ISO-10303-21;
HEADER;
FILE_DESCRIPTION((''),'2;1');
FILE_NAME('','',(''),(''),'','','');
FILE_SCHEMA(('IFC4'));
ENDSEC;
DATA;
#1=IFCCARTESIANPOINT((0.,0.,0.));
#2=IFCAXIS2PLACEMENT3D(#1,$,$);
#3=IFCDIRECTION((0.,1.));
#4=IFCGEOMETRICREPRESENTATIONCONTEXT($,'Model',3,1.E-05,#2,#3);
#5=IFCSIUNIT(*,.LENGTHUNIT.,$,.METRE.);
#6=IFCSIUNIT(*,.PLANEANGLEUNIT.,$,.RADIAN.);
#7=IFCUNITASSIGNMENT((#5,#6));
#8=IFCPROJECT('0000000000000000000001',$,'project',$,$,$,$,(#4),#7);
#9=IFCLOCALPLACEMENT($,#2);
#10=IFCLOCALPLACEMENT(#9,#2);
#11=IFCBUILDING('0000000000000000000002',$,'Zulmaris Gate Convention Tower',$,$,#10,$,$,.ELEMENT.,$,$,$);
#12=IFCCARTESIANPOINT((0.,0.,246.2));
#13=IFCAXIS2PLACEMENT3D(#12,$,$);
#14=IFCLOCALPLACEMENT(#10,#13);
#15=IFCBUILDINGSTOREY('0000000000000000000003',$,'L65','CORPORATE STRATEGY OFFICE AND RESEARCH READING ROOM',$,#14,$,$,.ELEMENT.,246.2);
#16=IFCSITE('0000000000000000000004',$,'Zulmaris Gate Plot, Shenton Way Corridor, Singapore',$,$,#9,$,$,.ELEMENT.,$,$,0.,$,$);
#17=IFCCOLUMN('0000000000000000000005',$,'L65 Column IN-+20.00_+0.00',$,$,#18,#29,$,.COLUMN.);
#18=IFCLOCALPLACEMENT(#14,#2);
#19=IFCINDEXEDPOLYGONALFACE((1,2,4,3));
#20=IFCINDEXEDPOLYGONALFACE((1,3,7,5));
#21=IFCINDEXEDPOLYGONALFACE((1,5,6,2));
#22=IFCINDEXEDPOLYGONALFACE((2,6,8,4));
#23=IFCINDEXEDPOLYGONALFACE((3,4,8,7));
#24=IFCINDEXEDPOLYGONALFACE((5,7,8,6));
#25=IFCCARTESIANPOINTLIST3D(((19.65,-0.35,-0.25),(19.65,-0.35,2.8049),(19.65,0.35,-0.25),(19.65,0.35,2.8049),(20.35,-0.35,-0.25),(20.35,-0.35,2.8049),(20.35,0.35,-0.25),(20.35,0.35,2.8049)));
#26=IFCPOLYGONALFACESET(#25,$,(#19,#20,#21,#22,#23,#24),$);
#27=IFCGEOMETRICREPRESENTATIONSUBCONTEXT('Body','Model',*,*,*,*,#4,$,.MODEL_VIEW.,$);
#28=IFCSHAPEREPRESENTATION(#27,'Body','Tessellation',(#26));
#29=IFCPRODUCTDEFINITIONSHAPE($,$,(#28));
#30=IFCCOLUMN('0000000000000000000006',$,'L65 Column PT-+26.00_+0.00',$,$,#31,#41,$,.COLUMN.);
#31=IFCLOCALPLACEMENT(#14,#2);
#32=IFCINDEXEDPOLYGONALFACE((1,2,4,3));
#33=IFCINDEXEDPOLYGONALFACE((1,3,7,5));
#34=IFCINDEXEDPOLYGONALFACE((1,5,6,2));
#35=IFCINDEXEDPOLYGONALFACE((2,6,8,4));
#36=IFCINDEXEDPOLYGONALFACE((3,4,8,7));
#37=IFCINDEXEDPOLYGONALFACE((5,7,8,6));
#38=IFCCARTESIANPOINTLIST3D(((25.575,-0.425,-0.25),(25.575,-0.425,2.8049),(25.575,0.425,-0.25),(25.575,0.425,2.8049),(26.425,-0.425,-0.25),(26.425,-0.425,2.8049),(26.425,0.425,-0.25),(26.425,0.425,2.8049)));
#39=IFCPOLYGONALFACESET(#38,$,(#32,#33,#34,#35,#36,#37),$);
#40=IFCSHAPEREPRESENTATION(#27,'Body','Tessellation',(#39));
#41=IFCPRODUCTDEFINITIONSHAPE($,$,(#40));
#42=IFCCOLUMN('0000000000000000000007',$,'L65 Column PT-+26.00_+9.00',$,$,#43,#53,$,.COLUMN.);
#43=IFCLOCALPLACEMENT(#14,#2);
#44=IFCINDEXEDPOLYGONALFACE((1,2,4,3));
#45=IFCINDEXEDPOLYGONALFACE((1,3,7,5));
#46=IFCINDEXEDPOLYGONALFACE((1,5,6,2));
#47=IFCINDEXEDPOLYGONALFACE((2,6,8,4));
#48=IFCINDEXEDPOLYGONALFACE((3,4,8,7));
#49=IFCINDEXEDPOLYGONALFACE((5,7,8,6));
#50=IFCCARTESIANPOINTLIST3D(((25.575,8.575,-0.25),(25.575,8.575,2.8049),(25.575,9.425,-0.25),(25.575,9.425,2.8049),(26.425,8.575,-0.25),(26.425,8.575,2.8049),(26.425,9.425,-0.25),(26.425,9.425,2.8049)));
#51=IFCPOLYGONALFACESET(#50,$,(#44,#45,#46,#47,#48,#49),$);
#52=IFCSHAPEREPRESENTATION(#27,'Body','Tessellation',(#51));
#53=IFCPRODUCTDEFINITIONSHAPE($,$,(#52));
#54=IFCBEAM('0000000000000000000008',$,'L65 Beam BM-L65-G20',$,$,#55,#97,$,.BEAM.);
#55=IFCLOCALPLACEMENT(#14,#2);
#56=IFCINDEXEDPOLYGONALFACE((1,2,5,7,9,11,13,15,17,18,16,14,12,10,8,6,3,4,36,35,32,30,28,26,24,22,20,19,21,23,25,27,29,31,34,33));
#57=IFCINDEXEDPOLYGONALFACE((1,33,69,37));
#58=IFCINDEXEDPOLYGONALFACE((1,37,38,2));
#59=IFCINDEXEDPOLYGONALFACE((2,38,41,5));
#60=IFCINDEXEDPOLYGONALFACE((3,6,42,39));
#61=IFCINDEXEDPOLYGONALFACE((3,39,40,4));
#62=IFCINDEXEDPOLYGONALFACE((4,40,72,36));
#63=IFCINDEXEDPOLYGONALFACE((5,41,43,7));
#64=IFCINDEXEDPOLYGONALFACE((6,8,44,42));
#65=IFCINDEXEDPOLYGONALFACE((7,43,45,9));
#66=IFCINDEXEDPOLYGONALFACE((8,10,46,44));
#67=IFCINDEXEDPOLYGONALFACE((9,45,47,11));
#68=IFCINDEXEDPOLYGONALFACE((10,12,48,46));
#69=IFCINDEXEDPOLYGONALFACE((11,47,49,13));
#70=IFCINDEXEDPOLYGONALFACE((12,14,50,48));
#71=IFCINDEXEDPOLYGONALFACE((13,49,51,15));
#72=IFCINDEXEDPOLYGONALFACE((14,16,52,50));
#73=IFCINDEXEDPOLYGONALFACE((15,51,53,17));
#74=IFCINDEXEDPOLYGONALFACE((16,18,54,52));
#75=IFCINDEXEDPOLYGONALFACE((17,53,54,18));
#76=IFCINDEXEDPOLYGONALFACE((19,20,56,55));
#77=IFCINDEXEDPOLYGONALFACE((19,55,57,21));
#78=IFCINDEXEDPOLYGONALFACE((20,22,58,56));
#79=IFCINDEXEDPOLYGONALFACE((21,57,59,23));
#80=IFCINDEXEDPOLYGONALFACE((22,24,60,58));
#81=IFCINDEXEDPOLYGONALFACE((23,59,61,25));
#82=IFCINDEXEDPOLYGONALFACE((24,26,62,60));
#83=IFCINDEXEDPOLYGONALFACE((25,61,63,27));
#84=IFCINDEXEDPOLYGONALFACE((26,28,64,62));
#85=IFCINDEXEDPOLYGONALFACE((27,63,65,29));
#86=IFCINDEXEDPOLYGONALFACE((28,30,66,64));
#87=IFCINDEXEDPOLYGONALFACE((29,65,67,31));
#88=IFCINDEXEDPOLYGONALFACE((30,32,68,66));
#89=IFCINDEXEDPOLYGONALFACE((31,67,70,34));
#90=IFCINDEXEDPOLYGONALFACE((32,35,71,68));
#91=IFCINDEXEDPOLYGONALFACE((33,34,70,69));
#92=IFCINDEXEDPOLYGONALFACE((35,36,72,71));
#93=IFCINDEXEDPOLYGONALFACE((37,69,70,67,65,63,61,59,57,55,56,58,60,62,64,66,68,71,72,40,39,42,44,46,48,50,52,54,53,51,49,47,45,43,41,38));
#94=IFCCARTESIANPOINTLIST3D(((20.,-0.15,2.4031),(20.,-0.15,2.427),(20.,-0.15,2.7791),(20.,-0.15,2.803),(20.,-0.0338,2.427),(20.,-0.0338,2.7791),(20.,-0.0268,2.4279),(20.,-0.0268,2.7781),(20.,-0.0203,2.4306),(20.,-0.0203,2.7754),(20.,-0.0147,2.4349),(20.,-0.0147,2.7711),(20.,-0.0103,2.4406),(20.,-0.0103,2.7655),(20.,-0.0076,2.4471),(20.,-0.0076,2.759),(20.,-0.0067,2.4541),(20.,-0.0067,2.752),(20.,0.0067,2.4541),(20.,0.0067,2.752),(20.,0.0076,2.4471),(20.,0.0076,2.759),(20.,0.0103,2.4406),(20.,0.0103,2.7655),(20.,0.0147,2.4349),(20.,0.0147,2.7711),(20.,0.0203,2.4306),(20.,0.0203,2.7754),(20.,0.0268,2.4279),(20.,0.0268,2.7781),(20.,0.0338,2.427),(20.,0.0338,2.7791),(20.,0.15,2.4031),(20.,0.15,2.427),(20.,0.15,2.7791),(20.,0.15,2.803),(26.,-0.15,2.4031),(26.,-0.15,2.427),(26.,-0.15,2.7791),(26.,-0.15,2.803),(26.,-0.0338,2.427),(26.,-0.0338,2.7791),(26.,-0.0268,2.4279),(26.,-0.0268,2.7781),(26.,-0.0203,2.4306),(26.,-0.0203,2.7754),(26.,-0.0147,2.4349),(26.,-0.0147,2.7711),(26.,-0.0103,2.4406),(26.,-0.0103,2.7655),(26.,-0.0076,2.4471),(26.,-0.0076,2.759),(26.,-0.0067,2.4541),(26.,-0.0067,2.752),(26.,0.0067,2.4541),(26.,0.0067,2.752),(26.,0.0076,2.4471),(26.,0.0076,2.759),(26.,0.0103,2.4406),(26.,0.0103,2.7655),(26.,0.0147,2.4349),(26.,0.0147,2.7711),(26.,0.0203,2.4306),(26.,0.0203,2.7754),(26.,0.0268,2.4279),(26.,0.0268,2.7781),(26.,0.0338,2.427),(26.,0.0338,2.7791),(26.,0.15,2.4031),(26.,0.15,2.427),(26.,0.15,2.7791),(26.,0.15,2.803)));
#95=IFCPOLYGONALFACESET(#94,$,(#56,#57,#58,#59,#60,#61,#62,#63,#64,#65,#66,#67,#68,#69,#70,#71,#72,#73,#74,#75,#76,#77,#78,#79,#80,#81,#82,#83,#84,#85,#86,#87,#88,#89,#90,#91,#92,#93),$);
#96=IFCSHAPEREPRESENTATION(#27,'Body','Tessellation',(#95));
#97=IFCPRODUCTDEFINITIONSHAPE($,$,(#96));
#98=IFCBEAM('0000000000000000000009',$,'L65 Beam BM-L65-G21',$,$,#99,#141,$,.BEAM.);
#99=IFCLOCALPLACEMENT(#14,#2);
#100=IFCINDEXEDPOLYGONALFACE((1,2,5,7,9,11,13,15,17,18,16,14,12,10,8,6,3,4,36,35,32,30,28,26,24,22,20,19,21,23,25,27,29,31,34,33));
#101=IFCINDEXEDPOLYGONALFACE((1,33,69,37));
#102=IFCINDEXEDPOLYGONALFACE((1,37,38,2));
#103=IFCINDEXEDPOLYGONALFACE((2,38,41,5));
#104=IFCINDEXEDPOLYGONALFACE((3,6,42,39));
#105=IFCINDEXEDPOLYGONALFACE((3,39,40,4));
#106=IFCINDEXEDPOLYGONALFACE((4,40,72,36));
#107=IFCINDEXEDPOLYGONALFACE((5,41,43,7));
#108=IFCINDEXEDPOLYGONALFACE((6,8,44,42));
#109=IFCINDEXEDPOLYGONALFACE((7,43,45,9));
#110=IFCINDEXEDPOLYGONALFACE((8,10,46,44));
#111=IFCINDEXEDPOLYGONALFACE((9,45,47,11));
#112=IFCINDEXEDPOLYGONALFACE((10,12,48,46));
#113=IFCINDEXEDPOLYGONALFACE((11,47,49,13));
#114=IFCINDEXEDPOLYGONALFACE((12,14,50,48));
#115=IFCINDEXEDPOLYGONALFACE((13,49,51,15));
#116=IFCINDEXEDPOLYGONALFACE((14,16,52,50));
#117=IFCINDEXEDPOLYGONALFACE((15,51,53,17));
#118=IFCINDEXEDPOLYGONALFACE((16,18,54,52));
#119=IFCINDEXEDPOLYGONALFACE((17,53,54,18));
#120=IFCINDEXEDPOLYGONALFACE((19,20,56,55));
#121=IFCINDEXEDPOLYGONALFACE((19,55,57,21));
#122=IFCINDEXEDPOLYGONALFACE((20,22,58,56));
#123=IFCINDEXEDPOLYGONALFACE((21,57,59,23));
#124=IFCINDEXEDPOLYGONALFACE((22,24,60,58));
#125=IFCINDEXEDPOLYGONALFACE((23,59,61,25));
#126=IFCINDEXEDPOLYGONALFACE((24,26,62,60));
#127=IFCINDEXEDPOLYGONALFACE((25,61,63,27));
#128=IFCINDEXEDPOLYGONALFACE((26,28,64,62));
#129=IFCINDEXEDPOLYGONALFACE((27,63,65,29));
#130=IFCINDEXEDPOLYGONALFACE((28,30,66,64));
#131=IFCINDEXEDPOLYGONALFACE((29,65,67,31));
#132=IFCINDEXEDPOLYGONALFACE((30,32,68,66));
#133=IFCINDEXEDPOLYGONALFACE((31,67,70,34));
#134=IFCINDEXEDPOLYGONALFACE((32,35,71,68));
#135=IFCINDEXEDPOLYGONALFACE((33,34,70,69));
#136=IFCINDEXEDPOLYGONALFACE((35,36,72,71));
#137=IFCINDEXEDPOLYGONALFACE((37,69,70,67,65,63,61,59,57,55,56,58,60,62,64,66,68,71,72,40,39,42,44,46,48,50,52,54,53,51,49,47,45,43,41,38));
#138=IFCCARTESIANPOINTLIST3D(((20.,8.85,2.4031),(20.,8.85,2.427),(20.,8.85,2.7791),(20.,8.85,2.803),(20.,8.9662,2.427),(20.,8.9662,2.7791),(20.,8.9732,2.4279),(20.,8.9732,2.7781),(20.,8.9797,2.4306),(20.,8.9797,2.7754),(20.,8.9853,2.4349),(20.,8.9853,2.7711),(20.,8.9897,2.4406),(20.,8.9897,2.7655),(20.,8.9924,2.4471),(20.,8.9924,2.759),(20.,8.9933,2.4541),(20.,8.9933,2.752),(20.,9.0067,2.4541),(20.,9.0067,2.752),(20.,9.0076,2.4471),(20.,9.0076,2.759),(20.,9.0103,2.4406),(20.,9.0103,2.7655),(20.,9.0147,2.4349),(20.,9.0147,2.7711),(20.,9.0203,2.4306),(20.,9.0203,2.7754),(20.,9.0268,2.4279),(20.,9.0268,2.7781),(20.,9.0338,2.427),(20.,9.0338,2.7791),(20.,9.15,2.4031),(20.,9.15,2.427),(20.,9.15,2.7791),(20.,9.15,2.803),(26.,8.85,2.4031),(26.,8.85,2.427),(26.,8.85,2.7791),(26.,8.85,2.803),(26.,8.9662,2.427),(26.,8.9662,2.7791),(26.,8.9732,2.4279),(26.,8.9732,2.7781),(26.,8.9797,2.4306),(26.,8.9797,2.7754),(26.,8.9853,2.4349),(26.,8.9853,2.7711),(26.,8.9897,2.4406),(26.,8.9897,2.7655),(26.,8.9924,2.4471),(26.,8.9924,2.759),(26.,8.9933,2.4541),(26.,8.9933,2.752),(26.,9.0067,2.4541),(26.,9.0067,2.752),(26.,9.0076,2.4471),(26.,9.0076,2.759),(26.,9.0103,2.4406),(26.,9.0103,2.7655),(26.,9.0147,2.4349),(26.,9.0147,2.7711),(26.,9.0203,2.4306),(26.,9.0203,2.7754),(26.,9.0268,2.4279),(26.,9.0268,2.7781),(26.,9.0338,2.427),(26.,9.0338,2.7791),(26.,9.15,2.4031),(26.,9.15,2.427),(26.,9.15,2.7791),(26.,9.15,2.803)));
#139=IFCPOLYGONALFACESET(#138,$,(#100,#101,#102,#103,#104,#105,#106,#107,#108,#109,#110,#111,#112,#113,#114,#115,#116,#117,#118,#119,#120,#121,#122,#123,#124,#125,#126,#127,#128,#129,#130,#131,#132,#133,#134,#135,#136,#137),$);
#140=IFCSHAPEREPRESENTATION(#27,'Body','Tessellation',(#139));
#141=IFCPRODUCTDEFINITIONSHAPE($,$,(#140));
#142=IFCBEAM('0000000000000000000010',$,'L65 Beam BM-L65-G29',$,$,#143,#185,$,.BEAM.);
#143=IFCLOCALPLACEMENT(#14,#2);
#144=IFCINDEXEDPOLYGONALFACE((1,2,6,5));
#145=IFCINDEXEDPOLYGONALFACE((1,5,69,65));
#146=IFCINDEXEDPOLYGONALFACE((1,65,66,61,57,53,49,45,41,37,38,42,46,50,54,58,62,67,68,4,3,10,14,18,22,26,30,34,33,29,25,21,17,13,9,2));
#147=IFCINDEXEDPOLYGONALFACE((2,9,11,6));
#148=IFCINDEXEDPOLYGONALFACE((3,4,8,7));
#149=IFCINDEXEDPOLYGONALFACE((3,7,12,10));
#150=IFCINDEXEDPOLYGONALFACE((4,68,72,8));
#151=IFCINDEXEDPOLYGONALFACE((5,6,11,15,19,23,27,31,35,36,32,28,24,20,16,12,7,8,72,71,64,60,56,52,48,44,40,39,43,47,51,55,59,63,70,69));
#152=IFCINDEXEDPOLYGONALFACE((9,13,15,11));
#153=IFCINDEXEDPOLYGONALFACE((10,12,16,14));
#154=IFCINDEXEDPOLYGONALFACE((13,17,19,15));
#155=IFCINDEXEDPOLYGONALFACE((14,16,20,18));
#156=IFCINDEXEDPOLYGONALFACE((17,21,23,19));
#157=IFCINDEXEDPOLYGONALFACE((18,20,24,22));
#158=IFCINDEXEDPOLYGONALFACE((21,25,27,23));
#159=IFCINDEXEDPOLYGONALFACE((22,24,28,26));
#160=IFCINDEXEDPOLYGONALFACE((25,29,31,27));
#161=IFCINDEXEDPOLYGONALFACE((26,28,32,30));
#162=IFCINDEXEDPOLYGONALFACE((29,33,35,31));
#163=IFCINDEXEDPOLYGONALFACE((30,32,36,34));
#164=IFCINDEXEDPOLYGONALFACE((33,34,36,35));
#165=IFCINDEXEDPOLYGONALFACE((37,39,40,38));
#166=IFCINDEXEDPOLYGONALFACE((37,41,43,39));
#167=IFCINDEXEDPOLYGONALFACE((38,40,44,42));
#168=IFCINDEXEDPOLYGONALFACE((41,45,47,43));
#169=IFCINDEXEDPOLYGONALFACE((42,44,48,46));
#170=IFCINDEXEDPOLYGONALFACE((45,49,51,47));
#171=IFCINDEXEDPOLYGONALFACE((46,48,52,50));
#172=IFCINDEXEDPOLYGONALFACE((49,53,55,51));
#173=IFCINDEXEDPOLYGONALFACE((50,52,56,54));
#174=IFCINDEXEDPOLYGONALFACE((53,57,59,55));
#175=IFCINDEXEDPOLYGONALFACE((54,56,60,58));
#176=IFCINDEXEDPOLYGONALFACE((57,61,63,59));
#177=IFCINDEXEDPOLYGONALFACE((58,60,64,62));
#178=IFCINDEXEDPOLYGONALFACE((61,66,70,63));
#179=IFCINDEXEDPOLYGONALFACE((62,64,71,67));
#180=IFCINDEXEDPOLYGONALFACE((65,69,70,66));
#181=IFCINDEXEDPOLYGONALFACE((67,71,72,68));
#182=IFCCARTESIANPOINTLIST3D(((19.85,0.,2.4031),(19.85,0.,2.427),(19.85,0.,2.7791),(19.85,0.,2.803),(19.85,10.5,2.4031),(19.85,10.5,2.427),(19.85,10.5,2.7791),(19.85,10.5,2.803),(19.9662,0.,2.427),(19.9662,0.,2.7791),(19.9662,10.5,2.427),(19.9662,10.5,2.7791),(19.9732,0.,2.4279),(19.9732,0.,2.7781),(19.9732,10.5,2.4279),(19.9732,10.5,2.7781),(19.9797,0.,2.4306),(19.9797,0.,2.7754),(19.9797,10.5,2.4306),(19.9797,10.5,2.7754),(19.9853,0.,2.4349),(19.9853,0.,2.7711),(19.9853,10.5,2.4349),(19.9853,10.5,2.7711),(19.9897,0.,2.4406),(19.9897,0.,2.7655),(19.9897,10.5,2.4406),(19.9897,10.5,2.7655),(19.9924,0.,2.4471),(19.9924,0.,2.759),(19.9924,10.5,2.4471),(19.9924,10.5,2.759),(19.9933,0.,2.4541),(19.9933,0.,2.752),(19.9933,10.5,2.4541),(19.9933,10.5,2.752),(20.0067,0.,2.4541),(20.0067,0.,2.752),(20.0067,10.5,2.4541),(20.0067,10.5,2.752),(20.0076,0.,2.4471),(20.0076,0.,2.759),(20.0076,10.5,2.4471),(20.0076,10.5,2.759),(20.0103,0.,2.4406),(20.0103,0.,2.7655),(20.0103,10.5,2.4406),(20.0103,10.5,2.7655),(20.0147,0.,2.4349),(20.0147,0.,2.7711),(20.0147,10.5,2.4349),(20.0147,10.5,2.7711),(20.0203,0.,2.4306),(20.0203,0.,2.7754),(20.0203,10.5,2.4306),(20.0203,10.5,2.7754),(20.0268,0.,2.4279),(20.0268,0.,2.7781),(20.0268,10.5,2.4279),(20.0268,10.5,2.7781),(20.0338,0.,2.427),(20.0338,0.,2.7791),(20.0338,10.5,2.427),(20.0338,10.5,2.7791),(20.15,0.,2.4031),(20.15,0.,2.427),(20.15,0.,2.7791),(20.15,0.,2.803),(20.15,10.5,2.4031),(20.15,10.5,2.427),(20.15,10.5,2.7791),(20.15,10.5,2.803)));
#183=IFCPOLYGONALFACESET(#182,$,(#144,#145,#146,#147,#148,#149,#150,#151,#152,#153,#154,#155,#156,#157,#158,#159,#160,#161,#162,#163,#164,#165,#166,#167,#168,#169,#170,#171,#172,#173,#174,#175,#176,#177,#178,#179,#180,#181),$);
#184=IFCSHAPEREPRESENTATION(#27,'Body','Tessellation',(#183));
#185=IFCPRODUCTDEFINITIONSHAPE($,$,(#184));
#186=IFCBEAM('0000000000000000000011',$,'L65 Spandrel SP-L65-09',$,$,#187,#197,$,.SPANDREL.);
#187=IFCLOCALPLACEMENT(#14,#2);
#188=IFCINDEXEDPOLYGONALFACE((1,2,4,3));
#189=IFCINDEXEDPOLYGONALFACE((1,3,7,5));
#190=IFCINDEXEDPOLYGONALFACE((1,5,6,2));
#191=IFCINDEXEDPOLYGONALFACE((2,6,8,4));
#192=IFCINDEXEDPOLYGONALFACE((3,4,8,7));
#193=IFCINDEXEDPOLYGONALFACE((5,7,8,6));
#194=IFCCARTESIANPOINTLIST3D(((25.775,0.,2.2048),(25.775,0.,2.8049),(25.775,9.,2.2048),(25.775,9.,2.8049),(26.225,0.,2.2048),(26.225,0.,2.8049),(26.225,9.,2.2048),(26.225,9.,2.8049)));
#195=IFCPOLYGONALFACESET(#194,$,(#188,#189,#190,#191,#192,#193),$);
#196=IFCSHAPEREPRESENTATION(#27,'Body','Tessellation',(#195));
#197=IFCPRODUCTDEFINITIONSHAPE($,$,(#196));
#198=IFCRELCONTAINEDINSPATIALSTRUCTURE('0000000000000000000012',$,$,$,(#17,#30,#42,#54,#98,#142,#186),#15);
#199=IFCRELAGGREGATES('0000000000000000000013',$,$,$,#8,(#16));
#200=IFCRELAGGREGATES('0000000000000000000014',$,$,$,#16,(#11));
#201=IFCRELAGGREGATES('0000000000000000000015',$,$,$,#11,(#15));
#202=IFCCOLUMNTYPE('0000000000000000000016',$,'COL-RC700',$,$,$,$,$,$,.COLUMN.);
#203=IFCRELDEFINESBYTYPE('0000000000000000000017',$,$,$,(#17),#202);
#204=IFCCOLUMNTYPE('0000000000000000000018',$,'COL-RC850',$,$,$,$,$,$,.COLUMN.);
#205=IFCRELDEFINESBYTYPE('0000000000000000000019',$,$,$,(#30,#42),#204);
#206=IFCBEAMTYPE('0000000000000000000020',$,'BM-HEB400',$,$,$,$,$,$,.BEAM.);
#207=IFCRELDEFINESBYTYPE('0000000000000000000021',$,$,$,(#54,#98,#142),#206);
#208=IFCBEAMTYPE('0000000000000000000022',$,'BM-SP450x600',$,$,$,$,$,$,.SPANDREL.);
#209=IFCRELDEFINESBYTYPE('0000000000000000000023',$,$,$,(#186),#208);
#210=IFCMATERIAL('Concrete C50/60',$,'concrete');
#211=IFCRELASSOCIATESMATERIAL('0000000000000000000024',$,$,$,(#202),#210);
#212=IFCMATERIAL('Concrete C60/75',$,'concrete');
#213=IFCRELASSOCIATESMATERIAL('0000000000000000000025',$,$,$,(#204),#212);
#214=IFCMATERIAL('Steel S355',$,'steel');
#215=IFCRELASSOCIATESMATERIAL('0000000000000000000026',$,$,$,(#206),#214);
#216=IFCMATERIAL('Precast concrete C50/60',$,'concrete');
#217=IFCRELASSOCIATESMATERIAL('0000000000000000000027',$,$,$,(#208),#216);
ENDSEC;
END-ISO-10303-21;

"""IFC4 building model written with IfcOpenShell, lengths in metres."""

from ifc_helpers import new_model, si_unit, direction, frame, origin, origin_2d, place, context, subcontext, project, spatial, rectangle, i_section, extrude, material, material_profile, profile_set, type_object, element, save


model = new_model("IFC4")

# Units and contexts
model_context = context("Model", 3, precision=1e-05, world=origin(), true_north=direction((0.0, 1.0)))
body_context = subcontext(model_context, "Body", "Model", "MODEL_VIEW")
ifc_project = project(units=[si_unit("LENGTHUNIT", "METRE"), si_unit("PLANEANGLEUNIT", "RADIAN")], contexts=[model_context])

# Site, building, storey
site_placement = place(None, origin())
site = spatial("IfcSite", under=ifc_project, at=site_placement, Name="Zulmaris Gate Plot, Shenton Way Corridor, Singapore", CompositionType="ELEMENT", RefElevation=0.0)
building_placement = place(site_placement, origin())
building = spatial("IfcBuilding", under=site, at=building_placement, Name="Zulmaris Gate Convention Tower", CompositionType="ELEMENT")
storey_placement = place(building_placement, frame((0.0, 0.0, 246.2)))
storey = spatial("IfcBuildingStorey", under=building, at=storey_placement, Name="L65", Description="CORPORATE STRATEGY OFFICE AND RESEARCH READING ROOM", CompositionType="ELEMENT", Elevation=246.2)

# Columns
ifc_material_1 = material(Name="Concrete C50/60", Category="concrete")
ifc_material_profile_1 = material_profile(ifc_material_1, rectangle(XDim=0.7, YDim=0.7, at=origin_2d()), Name="RC COL 700x700")
ifc_profile_set_1 = profile_set([ifc_material_profile_1], Name="Concrete C50/60")
column_type_1 = type_object("IfcColumnType", Name="COL-RC700", PredefinedType="COLUMN", material=ifc_profile_set_1)
column_placement = place(storey_placement, frame((20.0, 0.0, -0.25), z_axis=(0.0, 0.0, 1.0), x_axis=(1.0, 0.0, 0.0)))
element("IfcColumn", 1, at=column_placement, inside=storey, type_object=column_type_1, Name="L65 Column IN-+20.00_+0.00", PredefinedType="COLUMN", context=body_context, shape_type="SweptSolid", body=[
    extrude(rectangle(XDim=0.7, YDim=0.7, at=origin_2d()), origin(), (0.0, 0.0, 1.0), 3.0549),
])
ifc_material_2 = material(Name="Concrete C60/75", Category="concrete")
ifc_material_profile_2 = material_profile(ifc_material_2, rectangle(XDim=0.8501, YDim=0.8501, at=origin_2d()), Name="RC COL 850x850")
ifc_profile_set_2 = profile_set([ifc_material_profile_2], Name="Concrete C60/75")
column_type_2 = type_object("IfcColumnType", Name="COL-RC850", PredefinedType="COLUMN", material=ifc_profile_set_2)
for number, where, z_axis, x_axis, name in (
    (2, (26.0, 0.0, -0.25), (0.0, 0.0, 1.0), (1.0, 0.0, 0.0), "L65 Column PT-+26.00_+0.00"),
    (3, (26.0, 9.0, -0.25), (0.0, 0.0, 1.0), (1.0, 0.0, 0.0), "L65 Column PT-+26.00_+9.00"),
):
    element("IfcColumn", number, at=place(storey_placement, frame(where, z_axis=z_axis, x_axis=x_axis)), inside=storey, type_object=column_type_2, Name=name, PredefinedType="COLUMN", context=body_context, shape_type="SweptSolid", body=[
        extrude(rectangle(XDim=0.8501, YDim=0.8501, at=origin_2d()), origin(), (0.0, 0.0, 1.0), 3.0549),
    ])

# Beams
ifc_material_3 = material(Name="Steel S355", Category="steel")
ifc_material_profile_3 = material_profile(ifc_material_3, i_section(OverallWidth=0.3, OverallDepth=0.3999, WebThickness=0.0134, FlangeThickness=0.0239, FilletRadius=0.0271, at=origin_2d()), Name="HEB 400")
ifc_profile_set_3 = profile_set([ifc_material_profile_3], Name="Steel S355")
beam_type_1 = type_object("IfcBeamType", Name="BM-HEB400", PredefinedType="BEAM", material=ifc_profile_set_3)
for number, where, z_axis, x_axis, name in (
    (4, (20.0, 0.0, 2.603), (1.0, 0.0, 0.0), (0.0, 1.0, 0.0), "L65 Beam BM-L65-G20"),
    (5, (20.0, 9.0, 2.603), (1.0, 0.0, 0.0), (0.0, 1.0, 0.0), "L65 Beam BM-L65-G21"),
):
    element("IfcBeam", number, at=place(storey_placement, frame(where, z_axis=z_axis, x_axis=x_axis)), inside=storey, type_object=beam_type_1, Name=name, PredefinedType="BEAM", context=body_context, shape_type="SweptSolid", body=[
        extrude(i_section(OverallWidth=0.3, OverallDepth=0.3999, WebThickness=0.0134, FlangeThickness=0.0239, FilletRadius=0.0271, at=origin_2d()), origin(), (0.0, 0.0, 1.0), 6.0),
    ])
beam_placement = place(storey_placement, frame((20.0, 0.0, 2.603), z_axis=(0.0, 1.0, 0.0), x_axis=(-1.0, 0.0, 0.0)))
element("IfcBeam", 6, at=beam_placement, inside=storey, type_object=beam_type_1, Name="L65 Beam BM-L65-G29", PredefinedType="BEAM", context=body_context, shape_type="SweptSolid", body=[
    extrude(i_section(OverallWidth=0.3, OverallDepth=0.3999, WebThickness=0.0134, FlangeThickness=0.0239, FilletRadius=0.0271, at=origin_2d()), origin(), (0.0, 0.0, 1.0), 10.5),
])
ifc_material_4 = material(Name="Precast concrete C50/60", Category="concrete")
ifc_material_profile_4 = material_profile(ifc_material_4, rectangle(XDim=0.45, YDim=0.6001, at=origin_2d()), Name="RC SPANDREL 450x600")
ifc_profile_set_4 = profile_set([ifc_material_profile_4], Name="Precast concrete C50/60")
beam_type_2 = type_object("IfcBeamType", Name="BM-SP450x600", PredefinedType="SPANDREL", material=ifc_profile_set_4)
for number, where, z_axis, x_axis, name in (
    (7, (26.0, 0.0, 2.5049), (0.0, 1.0, 0.0), (-1.0, 0.0, 0.0), "L65 Spandrel SP-L65-09"),
):
    element("IfcBeam", number, at=place(storey_placement, frame(where, z_axis=z_axis, x_axis=x_axis)), inside=storey, type_object=beam_type_2, Name=name, PredefinedType="SPANDREL", context=body_context, shape_type="SweptSolid", body=[
        extrude(rectangle(XDim=0.45, YDim=0.6001, at=origin_2d()), origin(), (0.0, 0.0, 1.0), 9.0),
    ])

save(model, "model.ifc")
